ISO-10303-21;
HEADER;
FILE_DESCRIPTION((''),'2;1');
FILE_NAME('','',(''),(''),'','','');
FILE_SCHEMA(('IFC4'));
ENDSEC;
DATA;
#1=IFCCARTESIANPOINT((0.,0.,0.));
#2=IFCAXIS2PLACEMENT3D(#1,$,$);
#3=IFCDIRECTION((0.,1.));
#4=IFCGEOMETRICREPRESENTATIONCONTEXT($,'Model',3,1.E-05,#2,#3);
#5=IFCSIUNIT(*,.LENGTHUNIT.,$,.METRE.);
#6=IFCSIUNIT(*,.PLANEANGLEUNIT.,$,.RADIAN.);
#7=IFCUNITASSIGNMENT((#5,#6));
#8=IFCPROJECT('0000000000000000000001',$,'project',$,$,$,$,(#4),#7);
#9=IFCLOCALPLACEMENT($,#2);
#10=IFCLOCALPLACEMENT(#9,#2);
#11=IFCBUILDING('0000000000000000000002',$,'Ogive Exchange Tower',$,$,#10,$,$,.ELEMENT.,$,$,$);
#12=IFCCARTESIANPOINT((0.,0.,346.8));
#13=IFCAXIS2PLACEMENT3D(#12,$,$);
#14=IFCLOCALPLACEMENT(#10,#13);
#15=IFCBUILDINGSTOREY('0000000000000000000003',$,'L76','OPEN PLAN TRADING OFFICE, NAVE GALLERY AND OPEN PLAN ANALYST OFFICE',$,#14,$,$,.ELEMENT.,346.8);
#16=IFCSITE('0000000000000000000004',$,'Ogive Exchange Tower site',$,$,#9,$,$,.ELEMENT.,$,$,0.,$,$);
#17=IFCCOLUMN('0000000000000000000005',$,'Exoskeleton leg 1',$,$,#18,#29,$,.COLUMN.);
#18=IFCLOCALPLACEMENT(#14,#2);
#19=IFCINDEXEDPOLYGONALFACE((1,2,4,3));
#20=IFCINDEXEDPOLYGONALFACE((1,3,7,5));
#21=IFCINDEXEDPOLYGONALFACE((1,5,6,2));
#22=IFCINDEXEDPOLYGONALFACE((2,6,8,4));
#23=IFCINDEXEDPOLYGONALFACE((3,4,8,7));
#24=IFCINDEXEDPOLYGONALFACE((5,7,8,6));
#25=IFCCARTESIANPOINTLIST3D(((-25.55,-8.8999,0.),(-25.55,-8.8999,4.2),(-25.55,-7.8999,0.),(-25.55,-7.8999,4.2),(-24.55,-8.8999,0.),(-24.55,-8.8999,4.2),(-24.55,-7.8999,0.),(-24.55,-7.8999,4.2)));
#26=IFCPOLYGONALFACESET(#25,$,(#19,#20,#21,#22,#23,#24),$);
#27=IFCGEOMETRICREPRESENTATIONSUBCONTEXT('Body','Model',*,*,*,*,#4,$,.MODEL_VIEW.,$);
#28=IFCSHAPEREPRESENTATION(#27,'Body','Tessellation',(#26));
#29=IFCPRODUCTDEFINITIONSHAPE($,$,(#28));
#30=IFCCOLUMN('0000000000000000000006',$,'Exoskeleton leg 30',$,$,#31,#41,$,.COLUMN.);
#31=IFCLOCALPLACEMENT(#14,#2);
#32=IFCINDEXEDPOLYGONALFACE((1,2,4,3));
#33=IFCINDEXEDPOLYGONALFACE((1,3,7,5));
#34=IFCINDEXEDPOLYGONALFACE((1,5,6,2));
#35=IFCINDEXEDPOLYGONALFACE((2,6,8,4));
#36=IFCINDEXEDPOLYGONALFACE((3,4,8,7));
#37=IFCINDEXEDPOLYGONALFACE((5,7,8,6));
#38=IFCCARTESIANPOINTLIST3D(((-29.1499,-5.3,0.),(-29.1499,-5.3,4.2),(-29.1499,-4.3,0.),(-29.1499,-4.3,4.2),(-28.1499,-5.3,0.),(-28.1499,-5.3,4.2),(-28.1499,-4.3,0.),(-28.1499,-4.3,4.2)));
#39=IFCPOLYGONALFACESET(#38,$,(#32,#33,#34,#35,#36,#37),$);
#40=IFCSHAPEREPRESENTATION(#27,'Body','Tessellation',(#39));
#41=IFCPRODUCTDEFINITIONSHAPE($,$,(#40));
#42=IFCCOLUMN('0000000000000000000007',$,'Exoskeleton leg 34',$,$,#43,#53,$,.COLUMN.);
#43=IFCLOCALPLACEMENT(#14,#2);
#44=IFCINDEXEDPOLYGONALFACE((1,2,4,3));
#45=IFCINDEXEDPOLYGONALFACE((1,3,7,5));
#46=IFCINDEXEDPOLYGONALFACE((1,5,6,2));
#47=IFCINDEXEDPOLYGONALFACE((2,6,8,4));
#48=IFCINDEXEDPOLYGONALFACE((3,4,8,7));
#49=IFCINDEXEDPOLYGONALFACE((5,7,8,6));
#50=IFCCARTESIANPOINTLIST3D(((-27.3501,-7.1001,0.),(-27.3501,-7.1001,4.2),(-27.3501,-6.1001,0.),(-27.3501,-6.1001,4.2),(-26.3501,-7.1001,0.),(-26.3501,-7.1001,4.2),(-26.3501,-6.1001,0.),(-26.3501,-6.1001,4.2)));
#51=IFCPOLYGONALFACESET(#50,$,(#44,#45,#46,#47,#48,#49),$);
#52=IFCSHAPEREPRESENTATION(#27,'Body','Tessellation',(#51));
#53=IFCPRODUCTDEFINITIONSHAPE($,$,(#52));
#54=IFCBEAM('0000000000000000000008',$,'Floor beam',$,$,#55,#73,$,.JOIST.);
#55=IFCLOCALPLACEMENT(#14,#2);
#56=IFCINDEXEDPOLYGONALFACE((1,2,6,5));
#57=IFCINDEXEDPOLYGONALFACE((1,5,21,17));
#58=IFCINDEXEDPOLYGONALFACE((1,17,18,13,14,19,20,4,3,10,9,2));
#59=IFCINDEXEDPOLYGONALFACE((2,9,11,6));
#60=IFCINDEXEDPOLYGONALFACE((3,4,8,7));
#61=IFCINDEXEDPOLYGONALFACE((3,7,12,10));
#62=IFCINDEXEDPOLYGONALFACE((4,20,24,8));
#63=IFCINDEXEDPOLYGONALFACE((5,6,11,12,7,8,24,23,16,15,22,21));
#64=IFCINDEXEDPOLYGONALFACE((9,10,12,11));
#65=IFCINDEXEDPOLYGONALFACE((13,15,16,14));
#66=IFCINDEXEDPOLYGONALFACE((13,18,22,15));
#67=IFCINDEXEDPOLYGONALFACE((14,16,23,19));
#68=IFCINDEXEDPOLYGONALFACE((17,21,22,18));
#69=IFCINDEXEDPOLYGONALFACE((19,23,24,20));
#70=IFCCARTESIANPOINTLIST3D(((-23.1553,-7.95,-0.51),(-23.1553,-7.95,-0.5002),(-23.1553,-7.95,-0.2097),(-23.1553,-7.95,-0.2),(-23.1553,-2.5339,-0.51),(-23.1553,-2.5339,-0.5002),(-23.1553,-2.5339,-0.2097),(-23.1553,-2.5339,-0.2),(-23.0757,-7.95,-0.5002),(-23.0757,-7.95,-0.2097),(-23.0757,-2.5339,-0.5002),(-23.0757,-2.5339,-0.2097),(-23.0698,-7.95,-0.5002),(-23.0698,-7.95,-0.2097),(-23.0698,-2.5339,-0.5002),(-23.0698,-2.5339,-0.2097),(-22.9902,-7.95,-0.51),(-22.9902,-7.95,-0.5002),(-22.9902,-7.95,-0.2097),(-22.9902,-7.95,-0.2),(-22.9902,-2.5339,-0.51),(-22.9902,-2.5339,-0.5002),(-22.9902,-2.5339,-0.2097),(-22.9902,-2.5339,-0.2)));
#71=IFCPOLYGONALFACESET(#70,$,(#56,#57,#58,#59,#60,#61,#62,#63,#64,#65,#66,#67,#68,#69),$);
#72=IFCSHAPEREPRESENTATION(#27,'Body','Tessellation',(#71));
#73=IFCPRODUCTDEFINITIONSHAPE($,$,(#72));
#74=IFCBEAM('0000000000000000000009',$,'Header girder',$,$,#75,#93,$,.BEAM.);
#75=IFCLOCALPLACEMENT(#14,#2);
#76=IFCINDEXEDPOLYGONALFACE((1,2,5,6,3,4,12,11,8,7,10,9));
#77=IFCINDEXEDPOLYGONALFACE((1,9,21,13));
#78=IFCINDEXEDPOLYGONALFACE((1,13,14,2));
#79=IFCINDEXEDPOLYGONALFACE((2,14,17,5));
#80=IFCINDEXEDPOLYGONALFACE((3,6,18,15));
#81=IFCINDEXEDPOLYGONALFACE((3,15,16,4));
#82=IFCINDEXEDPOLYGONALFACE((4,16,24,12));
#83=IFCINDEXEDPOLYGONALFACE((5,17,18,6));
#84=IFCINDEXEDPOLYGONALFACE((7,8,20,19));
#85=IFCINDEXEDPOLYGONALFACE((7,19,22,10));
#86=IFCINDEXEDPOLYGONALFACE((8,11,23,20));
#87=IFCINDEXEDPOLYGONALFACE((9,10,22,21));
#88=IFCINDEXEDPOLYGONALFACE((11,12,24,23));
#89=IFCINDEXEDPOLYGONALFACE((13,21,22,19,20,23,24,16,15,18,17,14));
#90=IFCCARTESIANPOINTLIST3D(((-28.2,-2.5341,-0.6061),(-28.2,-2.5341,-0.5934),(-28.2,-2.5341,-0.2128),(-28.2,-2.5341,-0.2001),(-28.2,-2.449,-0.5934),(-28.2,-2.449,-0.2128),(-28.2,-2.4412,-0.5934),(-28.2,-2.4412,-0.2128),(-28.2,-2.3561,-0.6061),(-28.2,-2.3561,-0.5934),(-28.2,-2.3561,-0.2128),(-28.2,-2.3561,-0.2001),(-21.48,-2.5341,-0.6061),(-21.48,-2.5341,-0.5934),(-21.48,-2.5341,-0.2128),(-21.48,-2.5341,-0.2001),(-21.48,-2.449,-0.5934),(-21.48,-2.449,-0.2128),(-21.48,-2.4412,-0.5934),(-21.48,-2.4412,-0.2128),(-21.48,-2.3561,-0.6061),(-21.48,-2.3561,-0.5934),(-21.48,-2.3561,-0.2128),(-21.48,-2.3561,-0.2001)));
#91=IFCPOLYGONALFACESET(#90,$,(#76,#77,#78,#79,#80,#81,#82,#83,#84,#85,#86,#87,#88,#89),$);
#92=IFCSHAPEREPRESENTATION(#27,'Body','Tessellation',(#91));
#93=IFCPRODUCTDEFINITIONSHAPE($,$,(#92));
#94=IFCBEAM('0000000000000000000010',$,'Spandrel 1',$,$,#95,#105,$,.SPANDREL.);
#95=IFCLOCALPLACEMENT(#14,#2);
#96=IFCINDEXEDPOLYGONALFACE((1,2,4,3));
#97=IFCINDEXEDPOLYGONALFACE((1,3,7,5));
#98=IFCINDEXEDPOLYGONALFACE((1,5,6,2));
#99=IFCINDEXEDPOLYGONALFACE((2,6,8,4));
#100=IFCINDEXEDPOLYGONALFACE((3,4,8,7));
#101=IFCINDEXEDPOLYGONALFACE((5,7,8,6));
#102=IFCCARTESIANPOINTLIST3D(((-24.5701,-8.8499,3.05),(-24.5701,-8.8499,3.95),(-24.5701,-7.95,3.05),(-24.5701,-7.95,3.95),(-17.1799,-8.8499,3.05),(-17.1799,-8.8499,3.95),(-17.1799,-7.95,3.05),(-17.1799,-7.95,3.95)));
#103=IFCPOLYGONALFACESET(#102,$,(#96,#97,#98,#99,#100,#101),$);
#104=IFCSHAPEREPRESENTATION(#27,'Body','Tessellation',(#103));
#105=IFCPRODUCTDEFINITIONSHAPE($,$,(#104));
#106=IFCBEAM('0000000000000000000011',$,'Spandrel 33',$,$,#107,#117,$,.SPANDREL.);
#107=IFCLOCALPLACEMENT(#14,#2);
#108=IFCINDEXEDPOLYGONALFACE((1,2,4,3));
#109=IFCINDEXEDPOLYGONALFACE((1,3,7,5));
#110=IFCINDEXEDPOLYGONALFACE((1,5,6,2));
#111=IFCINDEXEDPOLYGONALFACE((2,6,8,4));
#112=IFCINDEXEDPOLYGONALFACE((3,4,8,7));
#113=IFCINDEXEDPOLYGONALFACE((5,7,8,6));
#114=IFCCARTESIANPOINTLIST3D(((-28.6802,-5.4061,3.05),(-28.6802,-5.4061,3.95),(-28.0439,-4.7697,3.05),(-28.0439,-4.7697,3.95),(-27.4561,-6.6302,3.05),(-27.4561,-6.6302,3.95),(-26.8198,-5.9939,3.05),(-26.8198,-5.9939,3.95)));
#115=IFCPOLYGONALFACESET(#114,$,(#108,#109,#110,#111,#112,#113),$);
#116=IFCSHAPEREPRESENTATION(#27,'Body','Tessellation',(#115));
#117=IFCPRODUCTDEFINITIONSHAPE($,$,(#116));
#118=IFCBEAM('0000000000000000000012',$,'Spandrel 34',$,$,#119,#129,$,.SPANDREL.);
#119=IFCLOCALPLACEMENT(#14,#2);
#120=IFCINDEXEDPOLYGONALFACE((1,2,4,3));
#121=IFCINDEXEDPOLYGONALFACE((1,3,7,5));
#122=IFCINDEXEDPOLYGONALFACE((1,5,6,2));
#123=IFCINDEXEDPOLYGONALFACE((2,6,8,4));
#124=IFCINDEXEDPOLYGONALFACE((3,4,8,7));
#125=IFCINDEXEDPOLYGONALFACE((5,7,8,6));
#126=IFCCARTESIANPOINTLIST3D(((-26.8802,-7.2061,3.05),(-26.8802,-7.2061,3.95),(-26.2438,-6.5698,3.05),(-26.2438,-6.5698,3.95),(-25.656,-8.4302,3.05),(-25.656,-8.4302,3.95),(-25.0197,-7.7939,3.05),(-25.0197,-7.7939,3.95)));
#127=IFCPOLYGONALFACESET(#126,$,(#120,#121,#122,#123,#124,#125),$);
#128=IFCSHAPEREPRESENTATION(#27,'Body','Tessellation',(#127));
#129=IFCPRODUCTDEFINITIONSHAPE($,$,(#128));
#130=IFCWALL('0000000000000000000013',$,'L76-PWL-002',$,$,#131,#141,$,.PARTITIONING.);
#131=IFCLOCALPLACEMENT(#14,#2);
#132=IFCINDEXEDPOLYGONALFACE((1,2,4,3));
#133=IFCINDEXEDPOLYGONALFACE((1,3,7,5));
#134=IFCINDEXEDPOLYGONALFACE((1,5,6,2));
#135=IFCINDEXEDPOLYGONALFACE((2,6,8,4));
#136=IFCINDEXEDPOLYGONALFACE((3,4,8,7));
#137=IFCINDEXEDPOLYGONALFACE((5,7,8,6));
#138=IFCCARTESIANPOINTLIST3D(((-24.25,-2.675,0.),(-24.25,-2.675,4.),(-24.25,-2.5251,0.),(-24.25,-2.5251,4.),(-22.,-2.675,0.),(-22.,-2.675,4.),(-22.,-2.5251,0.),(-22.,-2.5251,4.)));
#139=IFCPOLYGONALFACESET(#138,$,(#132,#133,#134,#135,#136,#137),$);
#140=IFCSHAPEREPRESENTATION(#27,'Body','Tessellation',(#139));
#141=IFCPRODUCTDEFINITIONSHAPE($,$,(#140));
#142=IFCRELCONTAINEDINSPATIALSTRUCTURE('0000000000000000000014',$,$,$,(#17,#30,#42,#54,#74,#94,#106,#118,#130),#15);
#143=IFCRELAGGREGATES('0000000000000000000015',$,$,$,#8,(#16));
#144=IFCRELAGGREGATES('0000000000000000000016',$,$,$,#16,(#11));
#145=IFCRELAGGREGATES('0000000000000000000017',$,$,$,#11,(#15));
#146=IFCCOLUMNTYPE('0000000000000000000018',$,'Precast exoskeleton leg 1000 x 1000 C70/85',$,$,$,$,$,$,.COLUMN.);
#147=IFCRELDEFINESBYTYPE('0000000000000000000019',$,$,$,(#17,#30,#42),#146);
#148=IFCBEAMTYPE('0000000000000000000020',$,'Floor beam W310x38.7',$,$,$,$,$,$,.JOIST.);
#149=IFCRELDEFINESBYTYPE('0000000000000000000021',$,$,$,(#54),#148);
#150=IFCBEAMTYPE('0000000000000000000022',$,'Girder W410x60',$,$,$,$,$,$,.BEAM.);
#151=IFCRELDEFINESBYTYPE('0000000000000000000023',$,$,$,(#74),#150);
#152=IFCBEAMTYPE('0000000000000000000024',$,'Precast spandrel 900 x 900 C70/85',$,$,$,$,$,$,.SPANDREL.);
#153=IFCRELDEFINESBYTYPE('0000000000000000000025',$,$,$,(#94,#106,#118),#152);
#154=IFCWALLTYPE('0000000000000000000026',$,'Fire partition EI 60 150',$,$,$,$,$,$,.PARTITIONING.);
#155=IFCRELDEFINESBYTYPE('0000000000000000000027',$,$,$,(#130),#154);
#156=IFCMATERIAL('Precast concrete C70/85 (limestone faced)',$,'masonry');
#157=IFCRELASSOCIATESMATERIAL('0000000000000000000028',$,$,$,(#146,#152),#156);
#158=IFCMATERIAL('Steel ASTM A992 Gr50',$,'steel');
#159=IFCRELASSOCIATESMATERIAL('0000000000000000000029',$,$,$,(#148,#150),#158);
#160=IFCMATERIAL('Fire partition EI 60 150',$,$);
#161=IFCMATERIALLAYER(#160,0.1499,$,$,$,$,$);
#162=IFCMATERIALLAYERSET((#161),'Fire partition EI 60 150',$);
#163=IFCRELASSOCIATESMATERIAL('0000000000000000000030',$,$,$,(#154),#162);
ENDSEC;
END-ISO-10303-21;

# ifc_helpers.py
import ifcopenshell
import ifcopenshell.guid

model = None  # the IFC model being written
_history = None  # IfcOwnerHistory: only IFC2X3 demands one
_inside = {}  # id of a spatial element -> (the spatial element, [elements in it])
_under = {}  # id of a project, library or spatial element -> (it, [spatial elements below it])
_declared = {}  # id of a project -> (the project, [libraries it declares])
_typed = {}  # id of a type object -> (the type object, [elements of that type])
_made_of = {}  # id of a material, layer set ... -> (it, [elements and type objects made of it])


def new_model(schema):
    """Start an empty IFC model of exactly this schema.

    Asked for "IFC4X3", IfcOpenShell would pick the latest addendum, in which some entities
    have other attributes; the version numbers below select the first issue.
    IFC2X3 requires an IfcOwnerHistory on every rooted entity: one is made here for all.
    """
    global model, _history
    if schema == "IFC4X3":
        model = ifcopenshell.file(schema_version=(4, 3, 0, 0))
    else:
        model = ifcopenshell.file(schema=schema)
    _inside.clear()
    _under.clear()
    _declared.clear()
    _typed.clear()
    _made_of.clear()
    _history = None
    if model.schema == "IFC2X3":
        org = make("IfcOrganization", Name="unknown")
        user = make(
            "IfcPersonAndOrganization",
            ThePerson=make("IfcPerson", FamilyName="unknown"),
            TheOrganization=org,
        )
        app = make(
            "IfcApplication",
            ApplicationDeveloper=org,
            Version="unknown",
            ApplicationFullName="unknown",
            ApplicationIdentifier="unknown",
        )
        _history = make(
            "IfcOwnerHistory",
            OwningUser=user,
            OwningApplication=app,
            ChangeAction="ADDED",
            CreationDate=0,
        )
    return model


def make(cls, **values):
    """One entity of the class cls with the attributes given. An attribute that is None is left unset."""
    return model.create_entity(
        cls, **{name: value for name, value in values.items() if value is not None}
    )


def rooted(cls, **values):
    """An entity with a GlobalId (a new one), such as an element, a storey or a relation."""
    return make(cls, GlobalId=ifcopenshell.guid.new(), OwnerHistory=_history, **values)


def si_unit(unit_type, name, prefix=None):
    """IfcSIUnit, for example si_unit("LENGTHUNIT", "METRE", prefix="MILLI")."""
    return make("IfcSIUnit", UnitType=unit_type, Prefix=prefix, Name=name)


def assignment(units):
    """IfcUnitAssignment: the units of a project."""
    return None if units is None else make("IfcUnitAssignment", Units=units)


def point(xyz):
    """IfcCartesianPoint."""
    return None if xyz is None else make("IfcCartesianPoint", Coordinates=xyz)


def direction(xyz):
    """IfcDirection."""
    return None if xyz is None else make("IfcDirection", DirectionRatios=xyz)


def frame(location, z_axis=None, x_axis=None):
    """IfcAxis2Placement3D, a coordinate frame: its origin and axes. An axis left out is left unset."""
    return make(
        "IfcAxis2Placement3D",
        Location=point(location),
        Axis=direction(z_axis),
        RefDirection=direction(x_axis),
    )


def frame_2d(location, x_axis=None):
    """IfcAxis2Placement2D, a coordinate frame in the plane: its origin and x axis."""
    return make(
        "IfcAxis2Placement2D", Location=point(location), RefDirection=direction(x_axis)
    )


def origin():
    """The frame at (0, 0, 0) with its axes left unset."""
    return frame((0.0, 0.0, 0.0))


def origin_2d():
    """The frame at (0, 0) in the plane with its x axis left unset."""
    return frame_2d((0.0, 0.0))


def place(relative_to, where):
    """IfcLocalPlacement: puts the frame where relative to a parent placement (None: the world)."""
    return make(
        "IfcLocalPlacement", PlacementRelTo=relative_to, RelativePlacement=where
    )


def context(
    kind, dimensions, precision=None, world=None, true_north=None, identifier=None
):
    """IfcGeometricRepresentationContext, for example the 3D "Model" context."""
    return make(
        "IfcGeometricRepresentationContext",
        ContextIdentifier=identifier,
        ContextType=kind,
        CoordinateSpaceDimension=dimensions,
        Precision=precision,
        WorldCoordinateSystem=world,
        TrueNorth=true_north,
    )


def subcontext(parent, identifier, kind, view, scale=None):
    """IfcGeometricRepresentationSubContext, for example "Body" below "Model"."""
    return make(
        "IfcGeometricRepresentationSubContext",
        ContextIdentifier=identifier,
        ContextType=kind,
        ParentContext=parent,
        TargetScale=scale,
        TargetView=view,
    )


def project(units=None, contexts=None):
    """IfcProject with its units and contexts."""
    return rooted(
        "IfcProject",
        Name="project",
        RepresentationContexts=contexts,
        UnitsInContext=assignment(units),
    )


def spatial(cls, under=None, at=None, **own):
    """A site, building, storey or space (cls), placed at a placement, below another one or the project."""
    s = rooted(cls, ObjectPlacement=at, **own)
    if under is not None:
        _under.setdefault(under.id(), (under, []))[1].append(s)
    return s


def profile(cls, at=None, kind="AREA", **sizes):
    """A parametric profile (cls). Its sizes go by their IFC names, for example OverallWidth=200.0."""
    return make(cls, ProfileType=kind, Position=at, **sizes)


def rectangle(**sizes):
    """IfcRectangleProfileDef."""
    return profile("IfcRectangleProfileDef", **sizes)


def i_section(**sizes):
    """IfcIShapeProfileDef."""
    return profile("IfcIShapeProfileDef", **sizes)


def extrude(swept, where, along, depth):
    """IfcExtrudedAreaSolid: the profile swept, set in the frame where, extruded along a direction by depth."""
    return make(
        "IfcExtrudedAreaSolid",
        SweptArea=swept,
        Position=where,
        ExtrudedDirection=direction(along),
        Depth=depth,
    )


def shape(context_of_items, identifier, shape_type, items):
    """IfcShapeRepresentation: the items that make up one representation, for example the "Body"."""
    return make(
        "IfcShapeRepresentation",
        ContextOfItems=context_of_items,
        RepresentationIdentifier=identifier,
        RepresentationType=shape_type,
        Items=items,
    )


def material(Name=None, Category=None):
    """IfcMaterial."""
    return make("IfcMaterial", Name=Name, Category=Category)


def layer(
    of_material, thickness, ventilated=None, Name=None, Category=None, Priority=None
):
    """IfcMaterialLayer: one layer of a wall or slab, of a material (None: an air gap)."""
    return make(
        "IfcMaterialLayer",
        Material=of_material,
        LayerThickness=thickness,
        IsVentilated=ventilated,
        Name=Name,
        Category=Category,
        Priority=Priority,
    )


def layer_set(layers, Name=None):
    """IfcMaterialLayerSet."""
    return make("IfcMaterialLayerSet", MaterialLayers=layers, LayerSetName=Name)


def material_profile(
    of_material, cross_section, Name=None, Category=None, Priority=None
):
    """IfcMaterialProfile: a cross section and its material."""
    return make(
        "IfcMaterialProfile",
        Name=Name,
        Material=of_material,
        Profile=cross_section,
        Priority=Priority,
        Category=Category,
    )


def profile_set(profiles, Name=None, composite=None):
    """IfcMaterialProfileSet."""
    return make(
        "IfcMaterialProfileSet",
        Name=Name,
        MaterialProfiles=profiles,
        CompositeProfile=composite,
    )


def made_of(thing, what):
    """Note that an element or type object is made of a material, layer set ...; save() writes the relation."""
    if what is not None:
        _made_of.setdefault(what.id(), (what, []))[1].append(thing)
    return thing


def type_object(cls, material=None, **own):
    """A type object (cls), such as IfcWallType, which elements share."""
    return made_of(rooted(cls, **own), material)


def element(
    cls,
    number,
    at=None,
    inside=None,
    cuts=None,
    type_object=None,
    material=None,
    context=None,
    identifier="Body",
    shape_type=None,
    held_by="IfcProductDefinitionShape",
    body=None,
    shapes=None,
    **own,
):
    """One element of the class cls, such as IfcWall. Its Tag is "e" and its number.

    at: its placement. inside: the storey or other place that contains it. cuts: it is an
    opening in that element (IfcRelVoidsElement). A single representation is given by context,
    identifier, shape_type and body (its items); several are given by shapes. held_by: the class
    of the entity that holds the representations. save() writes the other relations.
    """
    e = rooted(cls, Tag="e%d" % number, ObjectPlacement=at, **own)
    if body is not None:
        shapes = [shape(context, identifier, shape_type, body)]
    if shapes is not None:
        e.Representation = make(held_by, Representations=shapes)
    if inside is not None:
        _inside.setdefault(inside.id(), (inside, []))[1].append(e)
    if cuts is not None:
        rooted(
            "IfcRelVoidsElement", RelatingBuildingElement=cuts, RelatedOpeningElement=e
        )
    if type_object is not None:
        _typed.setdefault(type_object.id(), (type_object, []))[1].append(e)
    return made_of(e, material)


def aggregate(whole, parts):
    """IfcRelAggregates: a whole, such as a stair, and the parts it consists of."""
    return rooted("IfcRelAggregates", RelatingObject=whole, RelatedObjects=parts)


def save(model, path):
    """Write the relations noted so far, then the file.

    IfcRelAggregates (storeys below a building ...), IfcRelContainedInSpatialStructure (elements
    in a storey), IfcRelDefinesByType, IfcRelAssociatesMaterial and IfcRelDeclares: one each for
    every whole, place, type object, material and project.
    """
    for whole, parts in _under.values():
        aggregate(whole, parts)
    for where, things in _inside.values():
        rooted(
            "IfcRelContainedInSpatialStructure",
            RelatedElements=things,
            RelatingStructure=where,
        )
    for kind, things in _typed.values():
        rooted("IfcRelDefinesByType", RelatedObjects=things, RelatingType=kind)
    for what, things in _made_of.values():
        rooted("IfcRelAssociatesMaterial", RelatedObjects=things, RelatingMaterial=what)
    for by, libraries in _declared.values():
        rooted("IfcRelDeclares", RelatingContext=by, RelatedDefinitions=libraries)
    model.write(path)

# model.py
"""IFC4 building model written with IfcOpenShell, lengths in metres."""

from ifc_helpers import new_model, si_unit, direction, frame, frame_2d, origin, origin_2d, place, context, subcontext, project, spatial, rectangle, i_section, extrude, material, layer, layer_set, material_profile, profile_set, type_object, element, save


model = new_model("IFC4")

# Units and contexts
model_context = context("Model", 3, precision=1e-05, world=origin(), true_north=direction((0.0, 1.0)))
body_context = subcontext(model_context, "Body", "Model", "MODEL_VIEW")
ifc_project = project(units=[si_unit("LENGTHUNIT", "METRE"), si_unit("PLANEANGLEUNIT", "RADIAN")], contexts=[model_context])

# Site, building, storey
site_placement = place(None, origin())
site = spatial("IfcSite", under=ifc_project, at=site_placement, Name="Ogive Exchange Tower site", CompositionType="ELEMENT", RefElevation=0.0)
building_placement = place(site_placement, origin())
building = spatial("IfcBuilding", under=site, at=building_placement, Name="Ogive Exchange Tower", CompositionType="ELEMENT")
storey_placement = place(building_placement, frame((0.0, 0.0, 346.8)))
storey = spatial("IfcBuildingStorey", under=building, at=storey_placement, Name="L76", Description="OPEN PLAN TRADING OFFICE, NAVE GALLERY AND OPEN PLAN ANALYST OFFICE", CompositionType="ELEMENT", Elevation=346.8)

# Columns
ifc_material_1 = material(Name="Precast concrete C70/85 (limestone faced)", Category="masonry")
ifc_material_profile_1 = material_profile(ifc_material_1, rectangle(XDim=1.0, YDim=1.0, at=origin_2d()), Name="1000 x 1000")
ifc_profile_set_1 = profile_set([ifc_material_profile_1], Name="Precast concrete C70/85 (limestone faced)")
column_type = type_object("IfcColumnType", Name="Precast exoskeleton leg 1000 x 1000 C70/85", PredefinedType="COLUMN", material=ifc_profile_set_1)
for number, where, z_axis, x_axis, name in (
    (1, (-25.05, -8.3999, 0.0), (0.0, 0.0, 1.0), (1.0, 0.0, 0.0), "Exoskeleton leg 1"),
    (2, (-28.6499, -4.8, 0.0), (0.0, 0.0, 1.0), (1.0, 0.0, 0.0), "Exoskeleton leg 30"),
    (3, (-26.8501, -6.6001, 0.0), (0.0, 0.0, 1.0), (1.0, 0.0, 0.0), "Exoskeleton leg 34"),
):
    element("IfcColumn", number, at=place(storey_placement, frame(where, z_axis=z_axis, x_axis=x_axis)), inside=storey, type_object=column_type, Name=name, PredefinedType="COLUMN", context=body_context, shape_type="SweptSolid", body=[
        extrude(rectangle(XDim=1.0, YDim=1.0, at=origin_2d()), origin(), (0.0, 0.0, 1.0), 4.2),
    ])

# Beams
ifc_material_2 = material(Name="Steel ASTM A992 Gr50", Category="steel")
ifc_material_profile_2 = material_profile(ifc_material_2, i_section(OverallWidth=0.165, OverallDepth=0.3101, WebThickness=0.0059, FlangeThickness=0.0098, at=origin_2d()), Name="W310x38.7")
ifc_profile_set_2 = profile_set([ifc_material_profile_2], Name="Steel ASTM A992 Gr50")
beam_type_1 = type_object("IfcBeamType", Name="Floor beam W310x38.7", PredefinedType="JOIST", material=ifc_profile_set_2)
beam_1_placement = place(storey_placement, frame((-23.0728, -7.95, -0.355), z_axis=(0.0, 1.0, 0.0), x_axis=(-1.0, 0.0, 0.0)))
element("IfcBeam", 4, at=beam_1_placement, inside=storey, type_object=beam_type_1, Name="Floor beam", PredefinedType="JOIST", context=body_context, shape_type="SweptSolid", body=[
    extrude(i_section(OverallWidth=0.165, OverallDepth=0.3101, WebThickness=0.0059, FlangeThickness=0.0098, at=origin_2d()), origin(), (0.0, 0.0, 1.0), 5.416),
])
ifc_material_profile_3 = material_profile(ifc_material_2, i_section(OverallWidth=0.178, OverallDepth=0.406, WebThickness=0.0078, FlangeThickness=0.0127, at=origin_2d()), Name="W410x60")
ifc_profile_set_3 = profile_set([ifc_material_profile_3], Name="Steel ASTM A992 Gr50")
beam_type_2 = type_object("IfcBeamType", Name="Girder W410x60", PredefinedType="BEAM", material=ifc_profile_set_3)
beam_2_placement = place(storey_placement, frame((-28.2, -2.4451, -0.4031), z_axis=(1.0, 0.0, 0.0), x_axis=(0.0, 1.0, 0.0)))
element("IfcBeam", 5, at=beam_2_placement, inside=storey, type_object=beam_type_2, Name="Header girder", PredefinedType="BEAM", context=body_context, shape_type="SweptSolid", body=[
    extrude(i_section(OverallWidth=0.178, OverallDepth=0.406, WebThickness=0.0078, FlangeThickness=0.0127, at=origin_2d()), origin(), (0.0, 0.0, 1.0), 6.72),
])
ifc_material_profile_4 = material_profile(ifc_material_1, rectangle(XDim=0.8999, YDim=0.8999, at=origin_2d()), Name="900 x 900")
ifc_profile_set_4 = profile_set([ifc_material_profile_4], Name="Precast concrete C70/85 (limestone faced)")
beam_type_3 = type_object("IfcBeamType", Name="Precast spandrel 900 x 900 C70/85", PredefinedType="SPANDREL", material=ifc_profile_set_4)
beam_3_placement = place(storey_placement, frame((-24.5701, -8.3999, 3.5), z_axis=(1.0, 0.0, 0.0), x_axis=(0.0, 1.0, 0.0)))
element("IfcBeam", 6, at=beam_3_placement, inside=storey, type_object=beam_type_3, Name="Spandrel 1", PredefinedType="SPANDREL", context=body_context, shape_type="SweptSolid", body=[
    extrude(rectangle(XDim=0.8999, YDim=0.8999, at=origin_2d()), origin(), (0.0, 0.0, 1.0), 7.3901),
])
for number, where, z_axis, x_axis, name in (
    (7, (-28.3621, -5.0879, 3.5), (0.707107, -0.707107, 0.0), (0.707107, 0.707107, 0.0), "Spandrel 33"),
    (8, (-26.562, -6.8879, 3.5), (0.707107, -0.707107, 0.0), (0.707107, 0.707107, 0.0), "Spandrel 34"),
):
    element("IfcBeam", number, at=place(storey_placement, frame(where, z_axis=z_axis, x_axis=x_axis)), inside=storey, type_object=beam_type_3, Name=name, PredefinedType="SPANDREL", context=body_context, shape_type="SweptSolid", body=[
        extrude(rectangle(XDim=0.8999, YDim=0.8999, at=origin_2d()), origin(), (0.0, 0.0, 1.0), 1.7312),
    ])

# Wall
ifc_material_3 = material(Name="Fire partition EI 60 150")
ifc_layer_1 = layer(ifc_material_3, 0.1499)
ifc_layer_set_1 = layer_set([ifc_layer_1], Name="Fire partition EI 60 150")
wall_type_1 = type_object("IfcWallType", Name="Fire partition EI 60 150", PredefinedType="PARTITIONING", material=ifc_layer_set_1)
wall_1_placement = place(storey_placement, frame((-24.25, -2.6001, 0.0), z_axis=(0.0, 0.0, 1.0), x_axis=(1.0, 0.0, 0.0)))
element("IfcWall", 9, at=wall_1_placement, inside=storey, type_object=wall_type_1, Name="L76-PWL-002", PredefinedType="PARTITIONING", context=body_context, shape_type="SweptSolid", body=[
    extrude(rectangle(XDim=2.25, YDim=0.1499, at=frame_2d((1.125, 0.0))), origin(), (0.0, 0.0, 1.0), 4.0),
])

save(model, "model.ifc")
